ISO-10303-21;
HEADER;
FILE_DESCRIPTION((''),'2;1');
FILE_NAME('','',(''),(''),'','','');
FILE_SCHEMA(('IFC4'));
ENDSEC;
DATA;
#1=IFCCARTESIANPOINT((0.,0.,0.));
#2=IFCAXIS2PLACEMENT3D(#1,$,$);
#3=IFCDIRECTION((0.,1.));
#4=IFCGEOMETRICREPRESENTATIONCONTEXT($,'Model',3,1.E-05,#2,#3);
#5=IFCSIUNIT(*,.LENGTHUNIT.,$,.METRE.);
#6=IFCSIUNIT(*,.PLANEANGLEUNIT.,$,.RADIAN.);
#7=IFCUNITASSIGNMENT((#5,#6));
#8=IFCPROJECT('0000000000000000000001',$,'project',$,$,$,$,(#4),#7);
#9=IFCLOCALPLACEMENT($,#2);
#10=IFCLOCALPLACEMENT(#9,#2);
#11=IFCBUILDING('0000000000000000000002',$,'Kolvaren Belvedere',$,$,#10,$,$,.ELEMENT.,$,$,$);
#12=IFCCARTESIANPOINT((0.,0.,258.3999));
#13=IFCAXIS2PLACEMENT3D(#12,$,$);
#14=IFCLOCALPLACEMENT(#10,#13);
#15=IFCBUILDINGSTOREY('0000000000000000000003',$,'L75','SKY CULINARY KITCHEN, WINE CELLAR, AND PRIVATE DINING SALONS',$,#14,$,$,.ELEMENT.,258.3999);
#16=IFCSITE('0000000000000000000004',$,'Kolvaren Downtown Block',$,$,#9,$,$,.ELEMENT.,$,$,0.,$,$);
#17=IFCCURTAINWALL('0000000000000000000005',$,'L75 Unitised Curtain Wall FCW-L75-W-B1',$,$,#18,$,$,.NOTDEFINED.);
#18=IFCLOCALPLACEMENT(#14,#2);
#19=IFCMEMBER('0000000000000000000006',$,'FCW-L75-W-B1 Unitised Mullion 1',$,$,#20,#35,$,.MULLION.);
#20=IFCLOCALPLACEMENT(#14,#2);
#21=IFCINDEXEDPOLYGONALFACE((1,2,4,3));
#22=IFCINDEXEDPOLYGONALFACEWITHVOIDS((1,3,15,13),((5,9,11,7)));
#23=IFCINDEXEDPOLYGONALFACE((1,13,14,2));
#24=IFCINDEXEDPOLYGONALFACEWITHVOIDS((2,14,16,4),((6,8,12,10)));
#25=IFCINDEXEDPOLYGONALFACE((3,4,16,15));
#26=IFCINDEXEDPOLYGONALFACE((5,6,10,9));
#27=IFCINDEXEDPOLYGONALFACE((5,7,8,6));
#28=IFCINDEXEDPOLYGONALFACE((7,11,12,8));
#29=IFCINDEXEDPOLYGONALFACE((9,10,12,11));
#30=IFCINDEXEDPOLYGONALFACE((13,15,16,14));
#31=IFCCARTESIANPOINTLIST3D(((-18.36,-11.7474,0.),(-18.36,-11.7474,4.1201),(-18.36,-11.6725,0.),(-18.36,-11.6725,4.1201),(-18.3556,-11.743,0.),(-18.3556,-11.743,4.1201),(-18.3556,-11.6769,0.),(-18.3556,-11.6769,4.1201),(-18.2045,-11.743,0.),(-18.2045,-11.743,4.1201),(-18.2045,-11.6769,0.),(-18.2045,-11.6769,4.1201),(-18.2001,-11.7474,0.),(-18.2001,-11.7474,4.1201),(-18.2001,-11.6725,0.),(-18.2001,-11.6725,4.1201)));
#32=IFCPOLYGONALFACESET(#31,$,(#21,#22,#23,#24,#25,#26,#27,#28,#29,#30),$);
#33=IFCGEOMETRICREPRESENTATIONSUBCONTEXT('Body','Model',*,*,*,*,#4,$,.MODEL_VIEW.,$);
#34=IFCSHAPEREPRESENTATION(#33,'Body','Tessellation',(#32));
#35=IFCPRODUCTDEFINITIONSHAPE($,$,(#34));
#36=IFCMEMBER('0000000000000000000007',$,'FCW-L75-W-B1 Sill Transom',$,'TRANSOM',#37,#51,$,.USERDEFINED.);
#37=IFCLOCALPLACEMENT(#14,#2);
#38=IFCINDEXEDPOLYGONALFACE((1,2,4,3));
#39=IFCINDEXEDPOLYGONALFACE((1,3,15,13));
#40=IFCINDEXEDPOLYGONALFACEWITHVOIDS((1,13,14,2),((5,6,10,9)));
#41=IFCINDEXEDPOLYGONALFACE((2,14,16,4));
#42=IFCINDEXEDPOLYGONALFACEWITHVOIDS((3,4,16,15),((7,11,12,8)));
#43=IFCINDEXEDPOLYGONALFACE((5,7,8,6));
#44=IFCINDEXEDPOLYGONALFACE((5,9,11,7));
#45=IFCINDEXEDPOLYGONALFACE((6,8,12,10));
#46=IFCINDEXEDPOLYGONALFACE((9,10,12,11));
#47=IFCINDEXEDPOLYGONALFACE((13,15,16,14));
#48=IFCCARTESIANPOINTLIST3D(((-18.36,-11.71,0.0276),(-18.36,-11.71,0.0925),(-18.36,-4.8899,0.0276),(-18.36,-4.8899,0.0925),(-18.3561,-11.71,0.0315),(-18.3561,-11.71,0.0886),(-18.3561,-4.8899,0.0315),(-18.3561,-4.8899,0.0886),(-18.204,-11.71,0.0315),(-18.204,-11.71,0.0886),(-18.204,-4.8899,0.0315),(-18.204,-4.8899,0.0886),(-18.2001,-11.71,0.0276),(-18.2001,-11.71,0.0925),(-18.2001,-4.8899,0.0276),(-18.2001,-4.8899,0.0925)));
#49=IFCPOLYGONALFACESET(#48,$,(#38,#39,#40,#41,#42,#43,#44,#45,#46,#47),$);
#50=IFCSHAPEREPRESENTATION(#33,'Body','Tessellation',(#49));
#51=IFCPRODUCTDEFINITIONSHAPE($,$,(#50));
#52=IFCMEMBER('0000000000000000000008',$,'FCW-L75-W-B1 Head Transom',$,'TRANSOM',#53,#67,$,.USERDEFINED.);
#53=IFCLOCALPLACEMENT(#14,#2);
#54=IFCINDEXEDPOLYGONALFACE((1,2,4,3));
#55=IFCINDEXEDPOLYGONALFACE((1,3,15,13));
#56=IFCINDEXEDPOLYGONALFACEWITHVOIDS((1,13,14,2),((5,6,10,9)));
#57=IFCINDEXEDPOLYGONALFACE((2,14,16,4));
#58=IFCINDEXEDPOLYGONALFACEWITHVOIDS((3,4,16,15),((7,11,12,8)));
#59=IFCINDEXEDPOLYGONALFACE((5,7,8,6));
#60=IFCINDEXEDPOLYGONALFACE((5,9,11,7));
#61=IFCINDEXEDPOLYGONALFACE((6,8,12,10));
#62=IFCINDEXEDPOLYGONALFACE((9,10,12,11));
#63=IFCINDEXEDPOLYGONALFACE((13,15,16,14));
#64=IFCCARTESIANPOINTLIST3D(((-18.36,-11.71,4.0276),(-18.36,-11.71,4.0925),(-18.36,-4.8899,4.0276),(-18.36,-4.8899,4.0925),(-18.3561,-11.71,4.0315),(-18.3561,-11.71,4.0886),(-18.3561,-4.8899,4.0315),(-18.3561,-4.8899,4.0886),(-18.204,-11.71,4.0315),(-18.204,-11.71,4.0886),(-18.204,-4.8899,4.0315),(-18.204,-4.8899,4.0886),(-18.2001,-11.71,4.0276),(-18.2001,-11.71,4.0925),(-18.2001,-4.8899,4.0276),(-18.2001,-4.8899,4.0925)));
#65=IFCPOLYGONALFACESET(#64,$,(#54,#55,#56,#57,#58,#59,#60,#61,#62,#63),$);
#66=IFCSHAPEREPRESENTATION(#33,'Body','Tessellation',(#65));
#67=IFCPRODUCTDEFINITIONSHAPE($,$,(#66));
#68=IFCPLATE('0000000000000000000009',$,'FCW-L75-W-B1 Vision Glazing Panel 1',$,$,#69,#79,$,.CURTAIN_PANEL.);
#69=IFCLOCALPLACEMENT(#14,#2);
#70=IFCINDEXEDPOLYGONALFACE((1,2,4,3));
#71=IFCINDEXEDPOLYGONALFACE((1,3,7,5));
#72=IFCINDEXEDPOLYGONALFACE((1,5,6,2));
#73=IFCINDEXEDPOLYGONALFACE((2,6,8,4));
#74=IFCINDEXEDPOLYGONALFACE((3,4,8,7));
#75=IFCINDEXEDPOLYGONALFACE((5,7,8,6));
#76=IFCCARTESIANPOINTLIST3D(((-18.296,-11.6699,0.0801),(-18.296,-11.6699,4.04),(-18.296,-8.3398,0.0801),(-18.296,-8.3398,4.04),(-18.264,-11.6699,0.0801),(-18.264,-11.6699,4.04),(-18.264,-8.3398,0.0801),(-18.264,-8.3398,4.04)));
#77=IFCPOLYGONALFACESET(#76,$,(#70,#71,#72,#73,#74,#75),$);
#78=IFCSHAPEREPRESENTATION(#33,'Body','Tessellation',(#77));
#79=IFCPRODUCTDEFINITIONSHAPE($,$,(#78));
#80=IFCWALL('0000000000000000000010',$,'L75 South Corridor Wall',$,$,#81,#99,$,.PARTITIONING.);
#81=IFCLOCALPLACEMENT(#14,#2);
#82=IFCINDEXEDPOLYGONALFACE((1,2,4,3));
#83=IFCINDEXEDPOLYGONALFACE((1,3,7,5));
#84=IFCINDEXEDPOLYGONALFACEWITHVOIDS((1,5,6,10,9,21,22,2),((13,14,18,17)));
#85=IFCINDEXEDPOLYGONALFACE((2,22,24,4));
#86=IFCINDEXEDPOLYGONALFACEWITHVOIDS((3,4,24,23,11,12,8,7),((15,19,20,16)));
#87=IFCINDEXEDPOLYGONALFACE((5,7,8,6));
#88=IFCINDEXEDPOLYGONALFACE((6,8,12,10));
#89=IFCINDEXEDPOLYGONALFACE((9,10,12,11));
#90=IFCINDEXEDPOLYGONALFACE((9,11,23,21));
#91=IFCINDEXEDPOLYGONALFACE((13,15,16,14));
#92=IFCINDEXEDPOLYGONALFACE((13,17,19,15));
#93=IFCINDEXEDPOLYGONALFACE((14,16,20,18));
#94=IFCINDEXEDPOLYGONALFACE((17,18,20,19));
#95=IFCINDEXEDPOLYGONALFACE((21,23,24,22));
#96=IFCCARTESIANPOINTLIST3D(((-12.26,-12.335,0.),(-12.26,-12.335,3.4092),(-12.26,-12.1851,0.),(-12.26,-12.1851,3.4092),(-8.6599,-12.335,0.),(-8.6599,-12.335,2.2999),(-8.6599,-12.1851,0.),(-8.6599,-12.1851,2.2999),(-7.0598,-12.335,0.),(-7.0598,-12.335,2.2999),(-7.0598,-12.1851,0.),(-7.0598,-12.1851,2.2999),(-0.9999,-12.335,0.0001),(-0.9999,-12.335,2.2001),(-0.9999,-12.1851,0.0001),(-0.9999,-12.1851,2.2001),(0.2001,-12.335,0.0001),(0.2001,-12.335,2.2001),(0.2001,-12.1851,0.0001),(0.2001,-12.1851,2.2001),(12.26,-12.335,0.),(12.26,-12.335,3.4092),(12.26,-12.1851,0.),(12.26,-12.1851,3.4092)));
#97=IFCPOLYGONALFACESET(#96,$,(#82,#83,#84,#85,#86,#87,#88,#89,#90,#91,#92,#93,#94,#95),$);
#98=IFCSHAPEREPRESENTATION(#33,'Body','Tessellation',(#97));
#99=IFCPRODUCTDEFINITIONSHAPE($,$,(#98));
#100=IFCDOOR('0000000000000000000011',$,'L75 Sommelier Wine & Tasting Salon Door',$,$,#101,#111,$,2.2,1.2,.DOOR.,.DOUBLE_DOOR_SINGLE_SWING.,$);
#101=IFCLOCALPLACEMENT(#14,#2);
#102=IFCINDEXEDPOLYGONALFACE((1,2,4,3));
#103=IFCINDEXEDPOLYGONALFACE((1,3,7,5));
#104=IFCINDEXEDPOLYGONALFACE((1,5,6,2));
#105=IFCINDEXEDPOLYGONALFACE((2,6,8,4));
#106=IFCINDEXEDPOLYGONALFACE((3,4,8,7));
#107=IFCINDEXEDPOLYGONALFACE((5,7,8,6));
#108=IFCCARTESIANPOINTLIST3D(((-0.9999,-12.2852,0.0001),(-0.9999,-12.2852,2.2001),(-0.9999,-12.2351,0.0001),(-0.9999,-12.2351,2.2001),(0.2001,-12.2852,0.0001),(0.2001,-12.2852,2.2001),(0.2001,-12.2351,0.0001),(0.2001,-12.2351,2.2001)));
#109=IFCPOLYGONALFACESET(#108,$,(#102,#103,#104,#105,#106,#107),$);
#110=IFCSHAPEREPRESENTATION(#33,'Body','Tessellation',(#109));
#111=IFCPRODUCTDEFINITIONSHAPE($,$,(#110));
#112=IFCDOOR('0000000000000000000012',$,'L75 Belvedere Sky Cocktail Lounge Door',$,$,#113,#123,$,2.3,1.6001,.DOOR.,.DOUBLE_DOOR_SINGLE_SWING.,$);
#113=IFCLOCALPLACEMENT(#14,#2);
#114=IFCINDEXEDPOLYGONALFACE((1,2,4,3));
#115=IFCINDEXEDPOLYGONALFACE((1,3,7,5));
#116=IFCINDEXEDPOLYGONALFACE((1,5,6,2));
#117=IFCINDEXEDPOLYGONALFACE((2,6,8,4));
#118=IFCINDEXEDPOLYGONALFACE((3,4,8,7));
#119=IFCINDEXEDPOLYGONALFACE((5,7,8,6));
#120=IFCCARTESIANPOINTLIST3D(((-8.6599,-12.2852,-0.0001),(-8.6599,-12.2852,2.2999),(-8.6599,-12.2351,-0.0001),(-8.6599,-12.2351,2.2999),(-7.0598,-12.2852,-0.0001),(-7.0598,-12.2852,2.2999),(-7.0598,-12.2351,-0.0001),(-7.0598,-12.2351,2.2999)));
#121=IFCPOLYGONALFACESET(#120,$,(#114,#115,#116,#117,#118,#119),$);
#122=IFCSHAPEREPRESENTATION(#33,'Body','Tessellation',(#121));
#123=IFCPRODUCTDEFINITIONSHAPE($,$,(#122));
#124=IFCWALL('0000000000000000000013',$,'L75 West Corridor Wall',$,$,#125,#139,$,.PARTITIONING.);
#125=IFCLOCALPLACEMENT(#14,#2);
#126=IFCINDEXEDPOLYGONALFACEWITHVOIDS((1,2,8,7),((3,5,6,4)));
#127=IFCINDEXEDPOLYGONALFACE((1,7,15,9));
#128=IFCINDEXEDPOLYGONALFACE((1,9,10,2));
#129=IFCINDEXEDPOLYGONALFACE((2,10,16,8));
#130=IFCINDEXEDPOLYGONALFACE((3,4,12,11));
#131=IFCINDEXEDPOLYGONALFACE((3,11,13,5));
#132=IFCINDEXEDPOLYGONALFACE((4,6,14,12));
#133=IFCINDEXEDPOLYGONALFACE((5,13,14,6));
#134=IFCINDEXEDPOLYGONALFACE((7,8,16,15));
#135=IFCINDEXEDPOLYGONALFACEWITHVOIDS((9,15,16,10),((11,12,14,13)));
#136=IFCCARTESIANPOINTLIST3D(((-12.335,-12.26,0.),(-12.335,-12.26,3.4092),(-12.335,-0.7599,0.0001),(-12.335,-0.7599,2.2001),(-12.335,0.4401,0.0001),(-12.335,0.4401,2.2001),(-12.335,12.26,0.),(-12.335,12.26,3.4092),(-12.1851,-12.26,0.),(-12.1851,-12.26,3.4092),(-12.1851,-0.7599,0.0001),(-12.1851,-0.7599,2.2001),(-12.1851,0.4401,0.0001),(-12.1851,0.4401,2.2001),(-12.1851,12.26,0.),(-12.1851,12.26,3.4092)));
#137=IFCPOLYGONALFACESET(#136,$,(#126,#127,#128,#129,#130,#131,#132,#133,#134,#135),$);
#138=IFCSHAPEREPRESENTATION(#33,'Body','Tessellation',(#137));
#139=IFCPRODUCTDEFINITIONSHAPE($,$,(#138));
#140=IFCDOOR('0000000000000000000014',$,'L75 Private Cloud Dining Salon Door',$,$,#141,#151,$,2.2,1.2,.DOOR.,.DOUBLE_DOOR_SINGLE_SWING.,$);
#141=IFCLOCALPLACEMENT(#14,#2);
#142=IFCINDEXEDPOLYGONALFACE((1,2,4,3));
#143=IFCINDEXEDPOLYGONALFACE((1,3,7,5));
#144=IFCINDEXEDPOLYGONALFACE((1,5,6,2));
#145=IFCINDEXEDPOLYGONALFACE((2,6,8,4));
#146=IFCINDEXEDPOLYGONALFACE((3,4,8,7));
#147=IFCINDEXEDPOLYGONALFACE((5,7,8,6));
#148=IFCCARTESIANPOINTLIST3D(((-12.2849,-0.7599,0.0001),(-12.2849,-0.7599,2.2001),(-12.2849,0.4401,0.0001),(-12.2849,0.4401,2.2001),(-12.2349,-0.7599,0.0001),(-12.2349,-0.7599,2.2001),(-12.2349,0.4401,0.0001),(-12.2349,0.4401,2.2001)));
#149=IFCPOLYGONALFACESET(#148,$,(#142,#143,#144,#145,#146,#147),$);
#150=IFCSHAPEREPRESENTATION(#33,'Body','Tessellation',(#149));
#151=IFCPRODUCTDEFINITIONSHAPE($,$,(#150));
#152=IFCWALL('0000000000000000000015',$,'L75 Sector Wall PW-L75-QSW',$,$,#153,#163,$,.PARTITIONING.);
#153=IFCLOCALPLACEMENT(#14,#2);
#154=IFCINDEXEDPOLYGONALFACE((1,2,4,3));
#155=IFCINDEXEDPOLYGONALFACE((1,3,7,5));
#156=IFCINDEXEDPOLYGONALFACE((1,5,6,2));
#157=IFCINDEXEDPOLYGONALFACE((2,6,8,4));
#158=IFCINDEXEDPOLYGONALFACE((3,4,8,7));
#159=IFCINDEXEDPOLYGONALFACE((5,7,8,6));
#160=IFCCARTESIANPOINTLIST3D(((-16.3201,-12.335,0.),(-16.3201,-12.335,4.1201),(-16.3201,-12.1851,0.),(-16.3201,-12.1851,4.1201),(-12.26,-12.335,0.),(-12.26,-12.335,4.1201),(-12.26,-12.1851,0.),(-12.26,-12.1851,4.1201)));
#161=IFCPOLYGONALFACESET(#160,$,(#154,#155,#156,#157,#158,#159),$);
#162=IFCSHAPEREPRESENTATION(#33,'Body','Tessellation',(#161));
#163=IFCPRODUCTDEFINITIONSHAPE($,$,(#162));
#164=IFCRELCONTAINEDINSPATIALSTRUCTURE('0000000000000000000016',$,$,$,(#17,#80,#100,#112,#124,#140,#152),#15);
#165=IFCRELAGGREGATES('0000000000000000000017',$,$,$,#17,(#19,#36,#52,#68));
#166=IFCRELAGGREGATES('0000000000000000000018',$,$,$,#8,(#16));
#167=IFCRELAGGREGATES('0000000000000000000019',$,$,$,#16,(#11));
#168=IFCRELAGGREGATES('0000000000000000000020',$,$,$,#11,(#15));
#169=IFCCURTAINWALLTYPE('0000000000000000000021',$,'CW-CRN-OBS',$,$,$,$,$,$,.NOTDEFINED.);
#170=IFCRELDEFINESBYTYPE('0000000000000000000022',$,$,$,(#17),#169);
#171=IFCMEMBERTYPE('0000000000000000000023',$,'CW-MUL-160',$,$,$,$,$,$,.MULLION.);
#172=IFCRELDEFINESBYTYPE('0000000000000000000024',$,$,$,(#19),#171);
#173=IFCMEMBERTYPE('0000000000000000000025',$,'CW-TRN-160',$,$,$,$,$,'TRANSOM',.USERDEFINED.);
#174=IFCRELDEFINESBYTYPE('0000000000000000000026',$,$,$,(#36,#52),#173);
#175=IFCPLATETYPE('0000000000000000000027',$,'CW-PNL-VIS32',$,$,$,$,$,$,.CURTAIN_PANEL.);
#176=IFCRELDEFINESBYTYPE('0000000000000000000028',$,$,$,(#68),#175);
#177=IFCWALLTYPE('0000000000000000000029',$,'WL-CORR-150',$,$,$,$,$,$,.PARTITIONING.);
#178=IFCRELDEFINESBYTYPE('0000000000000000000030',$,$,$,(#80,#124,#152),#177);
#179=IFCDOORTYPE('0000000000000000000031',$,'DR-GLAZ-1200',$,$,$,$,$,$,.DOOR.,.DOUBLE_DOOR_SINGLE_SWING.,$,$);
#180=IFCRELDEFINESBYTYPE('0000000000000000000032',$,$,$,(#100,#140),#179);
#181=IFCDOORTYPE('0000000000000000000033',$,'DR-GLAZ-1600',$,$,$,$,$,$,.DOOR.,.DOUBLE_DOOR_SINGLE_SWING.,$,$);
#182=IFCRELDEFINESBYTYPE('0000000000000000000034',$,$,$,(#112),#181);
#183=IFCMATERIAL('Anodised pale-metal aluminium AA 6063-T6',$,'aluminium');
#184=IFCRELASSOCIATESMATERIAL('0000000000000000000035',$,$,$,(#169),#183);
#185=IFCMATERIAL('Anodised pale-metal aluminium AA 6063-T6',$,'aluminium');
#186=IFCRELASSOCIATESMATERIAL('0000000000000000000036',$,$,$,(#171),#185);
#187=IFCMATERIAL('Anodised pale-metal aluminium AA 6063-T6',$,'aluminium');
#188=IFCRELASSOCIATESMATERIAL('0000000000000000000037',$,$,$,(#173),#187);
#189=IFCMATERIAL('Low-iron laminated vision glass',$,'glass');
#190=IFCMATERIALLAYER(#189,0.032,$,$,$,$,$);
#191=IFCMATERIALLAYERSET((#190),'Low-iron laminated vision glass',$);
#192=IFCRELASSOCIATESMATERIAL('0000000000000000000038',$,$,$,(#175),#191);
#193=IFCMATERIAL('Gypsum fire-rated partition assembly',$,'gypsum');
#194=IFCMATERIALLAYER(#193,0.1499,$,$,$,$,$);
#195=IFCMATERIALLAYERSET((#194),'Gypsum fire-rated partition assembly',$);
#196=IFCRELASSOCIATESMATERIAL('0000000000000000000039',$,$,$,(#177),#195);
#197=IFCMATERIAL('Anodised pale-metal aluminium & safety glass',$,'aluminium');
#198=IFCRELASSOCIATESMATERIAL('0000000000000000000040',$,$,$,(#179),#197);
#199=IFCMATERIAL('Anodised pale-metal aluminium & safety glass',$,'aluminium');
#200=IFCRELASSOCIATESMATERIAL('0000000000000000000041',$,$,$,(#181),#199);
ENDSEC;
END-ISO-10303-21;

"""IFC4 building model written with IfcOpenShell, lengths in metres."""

from ifc_helpers import new_model, si_unit, direction, frame, frame_2d, origin, origin_2d, place, context, subcontext, project, spatial, rectangle, hollow_rectangle, extrude, material, layer, layer_set, material_profile, profile_set, type_object, element, fill, aggregate, save


model = new_model("IFC4")

# Units and contexts
model_context = context("Model", 3, precision=1e-05, world=origin(), true_north=direction((0.0, 1.0)))
body_context = subcontext(model_context, "Body", "Model", "MODEL_VIEW")
ifc_project = project(units=[si_unit("LENGTHUNIT", "METRE"), si_unit("PLANEANGLEUNIT", "RADIAN")], contexts=[model_context])

# Site, building, storey
site_placement = place(None, origin())
site = spatial("IfcSite", under=ifc_project, at=site_placement, Name="Kolvaren Downtown Block", CompositionType="ELEMENT", RefElevation=0.0)
building_placement = place(site_placement, origin())
building = spatial("IfcBuilding", under=site, at=building_placement, Name="Kolvaren Belvedere", CompositionType="ELEMENT")
storey_placement = place(building_placement, frame((0.0, 0.0, 258.3999)))
storey = spatial("IfcBuildingStorey", under=building, at=storey_placement, Name="L75", Description="SKY CULINARY KITCHEN, WINE CELLAR, AND PRIVATE DINING SALONS", CompositionType="ELEMENT", Elevation=258.3999)

# Curtain wall, members, plate
ifc_material_1 = material(Name="Anodised pale-metal aluminium AA 6063-T6", Category="aluminium")
curtain_wall_type = type_object("IfcCurtainWallType", Name="CW-CRN-OBS", PredefinedType="NOTDEFINED", material=ifc_material_1)
curtain_wall_placement = place(storey_placement, origin())
curtain_wall = element("IfcCurtainWall", 1, at=curtain_wall_placement, inside=storey, type_object=curtain_wall_type, Name="L75 Unitised Curtain Wall FCW-L75-W-B1", PredefinedType="NOTDEFINED")
ifc_material_2 = material(Name="Anodised pale-metal aluminium AA 6063-T6", Category="aluminium")
ifc_material_profile_1 = material_profile(ifc_material_2, hollow_rectangle(XDim=0.075, YDim=0.1599, WallThickness=0.0044, at=origin_2d()), Name="ALU-MUL-160X75")
ifc_profile_set_1 = profile_set([ifc_material_profile_1], Name="Anodised pale-metal aluminium AA 6063-T6")
member_type_1 = type_object("IfcMemberType", Name="CW-MUL-160", PredefinedType="MULLION", material=ifc_profile_set_1)
member_1_placement = place(storey_placement, frame((-18.28, -11.71, 0.0), z_axis=(0.0, 0.0, 1.0), x_axis=(0.0, 1.0, 0.0)))
member_1 = element("IfcMember", 2, at=member_1_placement, type_object=member_type_1, Name="FCW-L75-W-B1 Unitised Mullion 1", PredefinedType="MULLION", context=body_context, shape_type="SweptSolid", body=[
    extrude(hollow_rectangle(XDim=0.075, YDim=0.1599, WallThickness=0.0044, at=origin_2d()), origin(), (0.0, 0.0, 1.0), 4.1201),
])
ifc_material_3 = material(Name="Anodised pale-metal aluminium AA 6063-T6", Category="aluminium")
ifc_material_profile_2 = material_profile(ifc_material_3, hollow_rectangle(XDim=0.0649, YDim=0.1599, WallThickness=0.0039, at=origin_2d()), Name="ALU-TRN-160X65")
ifc_profile_set_2 = profile_set([ifc_material_profile_2], Name="Anodised pale-metal aluminium AA 6063-T6")
member_type_2 = type_object("IfcMemberType", Name="CW-TRN-160", ElementType="TRANSOM", PredefinedType="USERDEFINED", material=ifc_profile_set_2)
member_2_placement = place(storey_placement, frame((-18.28, -11.71, 0.0601), z_axis=(0.0, 1.0, 0.0), x_axis=(0.0, 0.0, 1.0)))
member_2 = element("IfcMember", 3, at=member_2_placement, type_object=member_type_2, Name="FCW-L75-W-B1 Sill Transom", ObjectType="TRANSOM", PredefinedType="USERDEFINED", context=body_context, shape_type="SweptSolid", body=[
    extrude(hollow_rectangle(XDim=0.0649, YDim=0.1599, WallThickness=0.0039, at=origin_2d()), origin(), (0.0, 0.0, 1.0), 6.8201),
])
member_3_placement = place(storey_placement, frame((-18.28, -11.71, 4.0601), z_axis=(0.0, 1.0, 0.0), x_axis=(0.0, 0.0, 1.0)))
member_3 = element("IfcMember", 4, at=member_3_placement, type_object=member_type_2, Name="FCW-L75-W-B1 Head Transom", ObjectType="TRANSOM", PredefinedType="USERDEFINED", context=body_context, shape_type="SweptSolid", body=[
    extrude(hollow_rectangle(XDim=0.0649, YDim=0.1599, WallThickness=0.0039, at=origin_2d()), origin(), (0.0, 0.0, 1.0), 6.8201),
])
ifc_material_4 = material(Name="Low-iron laminated vision glass", Category="glass")
ifc_layer_1 = layer(ifc_material_4, 0.032)
ifc_layer_set_1 = layer_set([ifc_layer_1], Name="Low-iron laminated vision glass")
plate_type = type_object("IfcPlateType", Name="CW-PNL-VIS32", PredefinedType="CURTAIN_PANEL", material=ifc_layer_set_1)
plate_placement = place(storey_placement, frame((-18.28, -10.0049, 0.0801), z_axis=(0.0, 0.0, 1.0), x_axis=(0.0, 1.0, 0.0)))
plate = element("IfcPlate", 5, at=plate_placement, type_object=plate_type, Name="FCW-L75-W-B1 Vision Glazing Panel 1", PredefinedType="CURTAIN_PANEL", context=body_context, shape_type="SweptSolid", body=[
    extrude(rectangle(XDim=3.3301, YDim=0.032, at=origin_2d()), origin(), (0.0, 0.0, 1.0), 3.96),
])
aggregate(curtain_wall, [member_1, member_2, member_3, plate])

# Wall, openings, doors
ifc_material_5 = material(Name="Gypsum fire-rated partition assembly", Category="gypsum")
ifc_layer_2 = layer(ifc_material_5, 0.1499)
ifc_layer_set_2 = layer_set([ifc_layer_2], Name="Gypsum fire-rated partition assembly")
wall_type_1 = type_object("IfcWallType", Name="WL-CORR-150", PredefinedType="PARTITIONING", material=ifc_layer_set_2)
wall_1_placement = place(storey_placement, frame((-12.26, -12.26, 0.0), z_axis=(0.0, 0.0, 1.0), x_axis=(1.0, 0.0, 0.0)))
wall_1 = element("IfcWall", 6, at=wall_1_placement, inside=storey, type_object=wall_type_1, Name="L75 South Corridor Wall", PredefinedType="PARTITIONING", context=body_context, shape_type="SweptSolid", body=[
    extrude(rectangle(XDim=24.52, YDim=0.1499, at=frame_2d((12.26, 0.0))), origin(), (0.0, 0.0, 1.0), 3.4092),
])
opening_1_placement = place(wall_1_placement, frame((3.6001, 0.0, 0.0)))
opening_1 = element("IfcOpeningElement", 7, at=opening_1_placement, cuts=wall_1, PredefinedType="OPENING", context=body_context, shape_type="SweptSolid", body=[
    extrude(rectangle(XDim=1.6001, YDim=2.3, at=frame_2d((0.8, 1.1499))), frame((0.0, 0.085, 0.0), z_axis=(0.0, -1.0, 0.0), x_axis=(1.0, 0.0, 0.0)), (0.0, 0.0, 1.0), 0.1699),
])
opening_2_placement = place(wall_1_placement, frame((11.26, 0.0, 0.0)))
opening_2 = element("IfcOpeningElement", 8, at=opening_2_placement, cuts=wall_1, PredefinedType="OPENING", context=body_context, shape_type="SweptSolid", body=[
    extrude(rectangle(XDim=1.2, YDim=2.2, at=frame_2d((0.6001, 1.1001))), frame((0.0, 0.085, 0.0), z_axis=(0.0, -1.0, 0.0), x_axis=(1.0, 0.0, 0.0)), (0.0, 0.0, 1.0), 0.1699),
])
ifc_material_6 = material(Name="Anodised pale-metal aluminium & safety glass", Category="aluminium")
door_type_1 = type_object("IfcDoorType", Name="DR-GLAZ-1200", OperationType="DOUBLE_DOOR_SINGLE_SWING", PredefinedType="DOOR", material=ifc_material_6)
door_1_placement = place(opening_2_placement, origin())
door_1 = element("IfcDoor", 9, at=door_1_placement, inside=storey, type_object=door_type_1, Name="L75 Sommelier Wine & Tasting Salon Door", OperationType="DOUBLE_DOOR_SINGLE_SWING", OverallHeight=2.2, OverallWidth=1.2, PredefinedType="DOOR", context=body_context, shape_type="SweptSolid", body=[
    extrude(rectangle(XDim=1.2, YDim=2.2, at=frame_2d((0.6001, 1.1001))), frame((0.0, 0.0249, 0.0), z_axis=(0.0, -1.0, 0.0), x_axis=(1.0, 0.0, 0.0)), (0.0, 0.0, 1.0), 0.05),
])
fill(opening_2, door_1)
ifc_material_7 = material(Name="Anodised pale-metal aluminium & safety glass", Category="aluminium")
door_type_2 = type_object("IfcDoorType", Name="DR-GLAZ-1600", OperationType="DOUBLE_DOOR_SINGLE_SWING", PredefinedType="DOOR", material=ifc_material_7)
door_2_placement = place(opening_1_placement, origin())
door_2 = element("IfcDoor", 10, at=door_2_placement, inside=storey, type_object=door_type_2, Name="L75 Belvedere Sky Cocktail Lounge Door", OperationType="DOUBLE_DOOR_SINGLE_SWING", OverallHeight=2.3, OverallWidth=1.6001, PredefinedType="DOOR", context=body_context, shape_type="SweptSolid", body=[
    extrude(rectangle(XDim=1.6001, YDim=2.3, at=frame_2d((0.8, 1.1499))), frame((0.0, 0.0249, 0.0), z_axis=(0.0, -1.0, 0.0), x_axis=(1.0, 0.0, 0.0)), (0.0, 0.0, 1.0), 0.05),
])
fill(opening_1, door_2)

# Wall, opening, door
wall_2_placement = place(storey_placement, frame((-12.26, -12.26, 0.0), z_axis=(0.0, 0.0, 1.0), x_axis=(0.0, 1.0, 0.0)))
wall_2 = element("IfcWall", 11, at=wall_2_placement, inside=storey, type_object=wall_type_1, Name="L75 West Corridor Wall", PredefinedType="PARTITIONING", context=body_context, shape_type="SweptSolid", body=[
    extrude(rectangle(XDim=24.52, YDim=0.1499, at=frame_2d((12.26, 0.0))), origin(), (0.0, 0.0, 1.0), 3.4092),
])
opening_3_placement = place(wall_2_placement, frame((11.5, 0.0, 0.0)))
opening_3 = element("IfcOpeningElement", 12, at=opening_3_placement, cuts=wall_2, PredefinedType="OPENING", context=body_context, shape_type="SweptSolid", body=[
    extrude(rectangle(XDim=1.2, YDim=2.2, at=frame_2d((0.6001, 1.1001))), frame((0.0, 0.085, 0.0), z_axis=(0.0, -1.0, 0.0), x_axis=(1.0, 0.0, 0.0)), (0.0, 0.0, 1.0), 0.1699),
])
door_3_placement = place(opening_3_placement, origin())
door_3 = element("IfcDoor", 13, at=door_3_placement, inside=storey, type_object=door_type_1, Name="L75 Private Cloud Dining Salon Door", OperationType="DOUBLE_DOOR_SINGLE_SWING", OverallHeight=2.2, OverallWidth=1.2, PredefinedType="DOOR", context=body_context, shape_type="SweptSolid", body=[
    extrude(rectangle(XDim=1.2, YDim=2.2, at=frame_2d((0.6001, 1.1001))), frame((0.0, 0.0249, 0.0), z_axis=(0.0, -1.0, 0.0), x_axis=(1.0, 0.0, 0.0)), (0.0, 0.0, 1.0), 0.05),
])
fill(opening_3, door_3)

# Wall
wall_3_placement = place(storey_placement, frame((-16.3201, -12.26, 0.0), z_axis=(0.0, 0.0, 1.0), x_axis=(1.0, 0.0, 0.0)))
element("IfcWall", 14, at=wall_3_placement, inside=storey, type_object=wall_type_1, Name="L75 Sector Wall PW-L75-QSW", PredefinedType="PARTITIONING", context=body_context, shape_type="SweptSolid", body=[
    extrude(rectangle(XDim=4.0601, YDim=0.1499, at=frame_2d((2.03, 0.0))), origin(), (0.0, 0.0, 1.0), 4.1201),
])

save(model, "model.ifc")
